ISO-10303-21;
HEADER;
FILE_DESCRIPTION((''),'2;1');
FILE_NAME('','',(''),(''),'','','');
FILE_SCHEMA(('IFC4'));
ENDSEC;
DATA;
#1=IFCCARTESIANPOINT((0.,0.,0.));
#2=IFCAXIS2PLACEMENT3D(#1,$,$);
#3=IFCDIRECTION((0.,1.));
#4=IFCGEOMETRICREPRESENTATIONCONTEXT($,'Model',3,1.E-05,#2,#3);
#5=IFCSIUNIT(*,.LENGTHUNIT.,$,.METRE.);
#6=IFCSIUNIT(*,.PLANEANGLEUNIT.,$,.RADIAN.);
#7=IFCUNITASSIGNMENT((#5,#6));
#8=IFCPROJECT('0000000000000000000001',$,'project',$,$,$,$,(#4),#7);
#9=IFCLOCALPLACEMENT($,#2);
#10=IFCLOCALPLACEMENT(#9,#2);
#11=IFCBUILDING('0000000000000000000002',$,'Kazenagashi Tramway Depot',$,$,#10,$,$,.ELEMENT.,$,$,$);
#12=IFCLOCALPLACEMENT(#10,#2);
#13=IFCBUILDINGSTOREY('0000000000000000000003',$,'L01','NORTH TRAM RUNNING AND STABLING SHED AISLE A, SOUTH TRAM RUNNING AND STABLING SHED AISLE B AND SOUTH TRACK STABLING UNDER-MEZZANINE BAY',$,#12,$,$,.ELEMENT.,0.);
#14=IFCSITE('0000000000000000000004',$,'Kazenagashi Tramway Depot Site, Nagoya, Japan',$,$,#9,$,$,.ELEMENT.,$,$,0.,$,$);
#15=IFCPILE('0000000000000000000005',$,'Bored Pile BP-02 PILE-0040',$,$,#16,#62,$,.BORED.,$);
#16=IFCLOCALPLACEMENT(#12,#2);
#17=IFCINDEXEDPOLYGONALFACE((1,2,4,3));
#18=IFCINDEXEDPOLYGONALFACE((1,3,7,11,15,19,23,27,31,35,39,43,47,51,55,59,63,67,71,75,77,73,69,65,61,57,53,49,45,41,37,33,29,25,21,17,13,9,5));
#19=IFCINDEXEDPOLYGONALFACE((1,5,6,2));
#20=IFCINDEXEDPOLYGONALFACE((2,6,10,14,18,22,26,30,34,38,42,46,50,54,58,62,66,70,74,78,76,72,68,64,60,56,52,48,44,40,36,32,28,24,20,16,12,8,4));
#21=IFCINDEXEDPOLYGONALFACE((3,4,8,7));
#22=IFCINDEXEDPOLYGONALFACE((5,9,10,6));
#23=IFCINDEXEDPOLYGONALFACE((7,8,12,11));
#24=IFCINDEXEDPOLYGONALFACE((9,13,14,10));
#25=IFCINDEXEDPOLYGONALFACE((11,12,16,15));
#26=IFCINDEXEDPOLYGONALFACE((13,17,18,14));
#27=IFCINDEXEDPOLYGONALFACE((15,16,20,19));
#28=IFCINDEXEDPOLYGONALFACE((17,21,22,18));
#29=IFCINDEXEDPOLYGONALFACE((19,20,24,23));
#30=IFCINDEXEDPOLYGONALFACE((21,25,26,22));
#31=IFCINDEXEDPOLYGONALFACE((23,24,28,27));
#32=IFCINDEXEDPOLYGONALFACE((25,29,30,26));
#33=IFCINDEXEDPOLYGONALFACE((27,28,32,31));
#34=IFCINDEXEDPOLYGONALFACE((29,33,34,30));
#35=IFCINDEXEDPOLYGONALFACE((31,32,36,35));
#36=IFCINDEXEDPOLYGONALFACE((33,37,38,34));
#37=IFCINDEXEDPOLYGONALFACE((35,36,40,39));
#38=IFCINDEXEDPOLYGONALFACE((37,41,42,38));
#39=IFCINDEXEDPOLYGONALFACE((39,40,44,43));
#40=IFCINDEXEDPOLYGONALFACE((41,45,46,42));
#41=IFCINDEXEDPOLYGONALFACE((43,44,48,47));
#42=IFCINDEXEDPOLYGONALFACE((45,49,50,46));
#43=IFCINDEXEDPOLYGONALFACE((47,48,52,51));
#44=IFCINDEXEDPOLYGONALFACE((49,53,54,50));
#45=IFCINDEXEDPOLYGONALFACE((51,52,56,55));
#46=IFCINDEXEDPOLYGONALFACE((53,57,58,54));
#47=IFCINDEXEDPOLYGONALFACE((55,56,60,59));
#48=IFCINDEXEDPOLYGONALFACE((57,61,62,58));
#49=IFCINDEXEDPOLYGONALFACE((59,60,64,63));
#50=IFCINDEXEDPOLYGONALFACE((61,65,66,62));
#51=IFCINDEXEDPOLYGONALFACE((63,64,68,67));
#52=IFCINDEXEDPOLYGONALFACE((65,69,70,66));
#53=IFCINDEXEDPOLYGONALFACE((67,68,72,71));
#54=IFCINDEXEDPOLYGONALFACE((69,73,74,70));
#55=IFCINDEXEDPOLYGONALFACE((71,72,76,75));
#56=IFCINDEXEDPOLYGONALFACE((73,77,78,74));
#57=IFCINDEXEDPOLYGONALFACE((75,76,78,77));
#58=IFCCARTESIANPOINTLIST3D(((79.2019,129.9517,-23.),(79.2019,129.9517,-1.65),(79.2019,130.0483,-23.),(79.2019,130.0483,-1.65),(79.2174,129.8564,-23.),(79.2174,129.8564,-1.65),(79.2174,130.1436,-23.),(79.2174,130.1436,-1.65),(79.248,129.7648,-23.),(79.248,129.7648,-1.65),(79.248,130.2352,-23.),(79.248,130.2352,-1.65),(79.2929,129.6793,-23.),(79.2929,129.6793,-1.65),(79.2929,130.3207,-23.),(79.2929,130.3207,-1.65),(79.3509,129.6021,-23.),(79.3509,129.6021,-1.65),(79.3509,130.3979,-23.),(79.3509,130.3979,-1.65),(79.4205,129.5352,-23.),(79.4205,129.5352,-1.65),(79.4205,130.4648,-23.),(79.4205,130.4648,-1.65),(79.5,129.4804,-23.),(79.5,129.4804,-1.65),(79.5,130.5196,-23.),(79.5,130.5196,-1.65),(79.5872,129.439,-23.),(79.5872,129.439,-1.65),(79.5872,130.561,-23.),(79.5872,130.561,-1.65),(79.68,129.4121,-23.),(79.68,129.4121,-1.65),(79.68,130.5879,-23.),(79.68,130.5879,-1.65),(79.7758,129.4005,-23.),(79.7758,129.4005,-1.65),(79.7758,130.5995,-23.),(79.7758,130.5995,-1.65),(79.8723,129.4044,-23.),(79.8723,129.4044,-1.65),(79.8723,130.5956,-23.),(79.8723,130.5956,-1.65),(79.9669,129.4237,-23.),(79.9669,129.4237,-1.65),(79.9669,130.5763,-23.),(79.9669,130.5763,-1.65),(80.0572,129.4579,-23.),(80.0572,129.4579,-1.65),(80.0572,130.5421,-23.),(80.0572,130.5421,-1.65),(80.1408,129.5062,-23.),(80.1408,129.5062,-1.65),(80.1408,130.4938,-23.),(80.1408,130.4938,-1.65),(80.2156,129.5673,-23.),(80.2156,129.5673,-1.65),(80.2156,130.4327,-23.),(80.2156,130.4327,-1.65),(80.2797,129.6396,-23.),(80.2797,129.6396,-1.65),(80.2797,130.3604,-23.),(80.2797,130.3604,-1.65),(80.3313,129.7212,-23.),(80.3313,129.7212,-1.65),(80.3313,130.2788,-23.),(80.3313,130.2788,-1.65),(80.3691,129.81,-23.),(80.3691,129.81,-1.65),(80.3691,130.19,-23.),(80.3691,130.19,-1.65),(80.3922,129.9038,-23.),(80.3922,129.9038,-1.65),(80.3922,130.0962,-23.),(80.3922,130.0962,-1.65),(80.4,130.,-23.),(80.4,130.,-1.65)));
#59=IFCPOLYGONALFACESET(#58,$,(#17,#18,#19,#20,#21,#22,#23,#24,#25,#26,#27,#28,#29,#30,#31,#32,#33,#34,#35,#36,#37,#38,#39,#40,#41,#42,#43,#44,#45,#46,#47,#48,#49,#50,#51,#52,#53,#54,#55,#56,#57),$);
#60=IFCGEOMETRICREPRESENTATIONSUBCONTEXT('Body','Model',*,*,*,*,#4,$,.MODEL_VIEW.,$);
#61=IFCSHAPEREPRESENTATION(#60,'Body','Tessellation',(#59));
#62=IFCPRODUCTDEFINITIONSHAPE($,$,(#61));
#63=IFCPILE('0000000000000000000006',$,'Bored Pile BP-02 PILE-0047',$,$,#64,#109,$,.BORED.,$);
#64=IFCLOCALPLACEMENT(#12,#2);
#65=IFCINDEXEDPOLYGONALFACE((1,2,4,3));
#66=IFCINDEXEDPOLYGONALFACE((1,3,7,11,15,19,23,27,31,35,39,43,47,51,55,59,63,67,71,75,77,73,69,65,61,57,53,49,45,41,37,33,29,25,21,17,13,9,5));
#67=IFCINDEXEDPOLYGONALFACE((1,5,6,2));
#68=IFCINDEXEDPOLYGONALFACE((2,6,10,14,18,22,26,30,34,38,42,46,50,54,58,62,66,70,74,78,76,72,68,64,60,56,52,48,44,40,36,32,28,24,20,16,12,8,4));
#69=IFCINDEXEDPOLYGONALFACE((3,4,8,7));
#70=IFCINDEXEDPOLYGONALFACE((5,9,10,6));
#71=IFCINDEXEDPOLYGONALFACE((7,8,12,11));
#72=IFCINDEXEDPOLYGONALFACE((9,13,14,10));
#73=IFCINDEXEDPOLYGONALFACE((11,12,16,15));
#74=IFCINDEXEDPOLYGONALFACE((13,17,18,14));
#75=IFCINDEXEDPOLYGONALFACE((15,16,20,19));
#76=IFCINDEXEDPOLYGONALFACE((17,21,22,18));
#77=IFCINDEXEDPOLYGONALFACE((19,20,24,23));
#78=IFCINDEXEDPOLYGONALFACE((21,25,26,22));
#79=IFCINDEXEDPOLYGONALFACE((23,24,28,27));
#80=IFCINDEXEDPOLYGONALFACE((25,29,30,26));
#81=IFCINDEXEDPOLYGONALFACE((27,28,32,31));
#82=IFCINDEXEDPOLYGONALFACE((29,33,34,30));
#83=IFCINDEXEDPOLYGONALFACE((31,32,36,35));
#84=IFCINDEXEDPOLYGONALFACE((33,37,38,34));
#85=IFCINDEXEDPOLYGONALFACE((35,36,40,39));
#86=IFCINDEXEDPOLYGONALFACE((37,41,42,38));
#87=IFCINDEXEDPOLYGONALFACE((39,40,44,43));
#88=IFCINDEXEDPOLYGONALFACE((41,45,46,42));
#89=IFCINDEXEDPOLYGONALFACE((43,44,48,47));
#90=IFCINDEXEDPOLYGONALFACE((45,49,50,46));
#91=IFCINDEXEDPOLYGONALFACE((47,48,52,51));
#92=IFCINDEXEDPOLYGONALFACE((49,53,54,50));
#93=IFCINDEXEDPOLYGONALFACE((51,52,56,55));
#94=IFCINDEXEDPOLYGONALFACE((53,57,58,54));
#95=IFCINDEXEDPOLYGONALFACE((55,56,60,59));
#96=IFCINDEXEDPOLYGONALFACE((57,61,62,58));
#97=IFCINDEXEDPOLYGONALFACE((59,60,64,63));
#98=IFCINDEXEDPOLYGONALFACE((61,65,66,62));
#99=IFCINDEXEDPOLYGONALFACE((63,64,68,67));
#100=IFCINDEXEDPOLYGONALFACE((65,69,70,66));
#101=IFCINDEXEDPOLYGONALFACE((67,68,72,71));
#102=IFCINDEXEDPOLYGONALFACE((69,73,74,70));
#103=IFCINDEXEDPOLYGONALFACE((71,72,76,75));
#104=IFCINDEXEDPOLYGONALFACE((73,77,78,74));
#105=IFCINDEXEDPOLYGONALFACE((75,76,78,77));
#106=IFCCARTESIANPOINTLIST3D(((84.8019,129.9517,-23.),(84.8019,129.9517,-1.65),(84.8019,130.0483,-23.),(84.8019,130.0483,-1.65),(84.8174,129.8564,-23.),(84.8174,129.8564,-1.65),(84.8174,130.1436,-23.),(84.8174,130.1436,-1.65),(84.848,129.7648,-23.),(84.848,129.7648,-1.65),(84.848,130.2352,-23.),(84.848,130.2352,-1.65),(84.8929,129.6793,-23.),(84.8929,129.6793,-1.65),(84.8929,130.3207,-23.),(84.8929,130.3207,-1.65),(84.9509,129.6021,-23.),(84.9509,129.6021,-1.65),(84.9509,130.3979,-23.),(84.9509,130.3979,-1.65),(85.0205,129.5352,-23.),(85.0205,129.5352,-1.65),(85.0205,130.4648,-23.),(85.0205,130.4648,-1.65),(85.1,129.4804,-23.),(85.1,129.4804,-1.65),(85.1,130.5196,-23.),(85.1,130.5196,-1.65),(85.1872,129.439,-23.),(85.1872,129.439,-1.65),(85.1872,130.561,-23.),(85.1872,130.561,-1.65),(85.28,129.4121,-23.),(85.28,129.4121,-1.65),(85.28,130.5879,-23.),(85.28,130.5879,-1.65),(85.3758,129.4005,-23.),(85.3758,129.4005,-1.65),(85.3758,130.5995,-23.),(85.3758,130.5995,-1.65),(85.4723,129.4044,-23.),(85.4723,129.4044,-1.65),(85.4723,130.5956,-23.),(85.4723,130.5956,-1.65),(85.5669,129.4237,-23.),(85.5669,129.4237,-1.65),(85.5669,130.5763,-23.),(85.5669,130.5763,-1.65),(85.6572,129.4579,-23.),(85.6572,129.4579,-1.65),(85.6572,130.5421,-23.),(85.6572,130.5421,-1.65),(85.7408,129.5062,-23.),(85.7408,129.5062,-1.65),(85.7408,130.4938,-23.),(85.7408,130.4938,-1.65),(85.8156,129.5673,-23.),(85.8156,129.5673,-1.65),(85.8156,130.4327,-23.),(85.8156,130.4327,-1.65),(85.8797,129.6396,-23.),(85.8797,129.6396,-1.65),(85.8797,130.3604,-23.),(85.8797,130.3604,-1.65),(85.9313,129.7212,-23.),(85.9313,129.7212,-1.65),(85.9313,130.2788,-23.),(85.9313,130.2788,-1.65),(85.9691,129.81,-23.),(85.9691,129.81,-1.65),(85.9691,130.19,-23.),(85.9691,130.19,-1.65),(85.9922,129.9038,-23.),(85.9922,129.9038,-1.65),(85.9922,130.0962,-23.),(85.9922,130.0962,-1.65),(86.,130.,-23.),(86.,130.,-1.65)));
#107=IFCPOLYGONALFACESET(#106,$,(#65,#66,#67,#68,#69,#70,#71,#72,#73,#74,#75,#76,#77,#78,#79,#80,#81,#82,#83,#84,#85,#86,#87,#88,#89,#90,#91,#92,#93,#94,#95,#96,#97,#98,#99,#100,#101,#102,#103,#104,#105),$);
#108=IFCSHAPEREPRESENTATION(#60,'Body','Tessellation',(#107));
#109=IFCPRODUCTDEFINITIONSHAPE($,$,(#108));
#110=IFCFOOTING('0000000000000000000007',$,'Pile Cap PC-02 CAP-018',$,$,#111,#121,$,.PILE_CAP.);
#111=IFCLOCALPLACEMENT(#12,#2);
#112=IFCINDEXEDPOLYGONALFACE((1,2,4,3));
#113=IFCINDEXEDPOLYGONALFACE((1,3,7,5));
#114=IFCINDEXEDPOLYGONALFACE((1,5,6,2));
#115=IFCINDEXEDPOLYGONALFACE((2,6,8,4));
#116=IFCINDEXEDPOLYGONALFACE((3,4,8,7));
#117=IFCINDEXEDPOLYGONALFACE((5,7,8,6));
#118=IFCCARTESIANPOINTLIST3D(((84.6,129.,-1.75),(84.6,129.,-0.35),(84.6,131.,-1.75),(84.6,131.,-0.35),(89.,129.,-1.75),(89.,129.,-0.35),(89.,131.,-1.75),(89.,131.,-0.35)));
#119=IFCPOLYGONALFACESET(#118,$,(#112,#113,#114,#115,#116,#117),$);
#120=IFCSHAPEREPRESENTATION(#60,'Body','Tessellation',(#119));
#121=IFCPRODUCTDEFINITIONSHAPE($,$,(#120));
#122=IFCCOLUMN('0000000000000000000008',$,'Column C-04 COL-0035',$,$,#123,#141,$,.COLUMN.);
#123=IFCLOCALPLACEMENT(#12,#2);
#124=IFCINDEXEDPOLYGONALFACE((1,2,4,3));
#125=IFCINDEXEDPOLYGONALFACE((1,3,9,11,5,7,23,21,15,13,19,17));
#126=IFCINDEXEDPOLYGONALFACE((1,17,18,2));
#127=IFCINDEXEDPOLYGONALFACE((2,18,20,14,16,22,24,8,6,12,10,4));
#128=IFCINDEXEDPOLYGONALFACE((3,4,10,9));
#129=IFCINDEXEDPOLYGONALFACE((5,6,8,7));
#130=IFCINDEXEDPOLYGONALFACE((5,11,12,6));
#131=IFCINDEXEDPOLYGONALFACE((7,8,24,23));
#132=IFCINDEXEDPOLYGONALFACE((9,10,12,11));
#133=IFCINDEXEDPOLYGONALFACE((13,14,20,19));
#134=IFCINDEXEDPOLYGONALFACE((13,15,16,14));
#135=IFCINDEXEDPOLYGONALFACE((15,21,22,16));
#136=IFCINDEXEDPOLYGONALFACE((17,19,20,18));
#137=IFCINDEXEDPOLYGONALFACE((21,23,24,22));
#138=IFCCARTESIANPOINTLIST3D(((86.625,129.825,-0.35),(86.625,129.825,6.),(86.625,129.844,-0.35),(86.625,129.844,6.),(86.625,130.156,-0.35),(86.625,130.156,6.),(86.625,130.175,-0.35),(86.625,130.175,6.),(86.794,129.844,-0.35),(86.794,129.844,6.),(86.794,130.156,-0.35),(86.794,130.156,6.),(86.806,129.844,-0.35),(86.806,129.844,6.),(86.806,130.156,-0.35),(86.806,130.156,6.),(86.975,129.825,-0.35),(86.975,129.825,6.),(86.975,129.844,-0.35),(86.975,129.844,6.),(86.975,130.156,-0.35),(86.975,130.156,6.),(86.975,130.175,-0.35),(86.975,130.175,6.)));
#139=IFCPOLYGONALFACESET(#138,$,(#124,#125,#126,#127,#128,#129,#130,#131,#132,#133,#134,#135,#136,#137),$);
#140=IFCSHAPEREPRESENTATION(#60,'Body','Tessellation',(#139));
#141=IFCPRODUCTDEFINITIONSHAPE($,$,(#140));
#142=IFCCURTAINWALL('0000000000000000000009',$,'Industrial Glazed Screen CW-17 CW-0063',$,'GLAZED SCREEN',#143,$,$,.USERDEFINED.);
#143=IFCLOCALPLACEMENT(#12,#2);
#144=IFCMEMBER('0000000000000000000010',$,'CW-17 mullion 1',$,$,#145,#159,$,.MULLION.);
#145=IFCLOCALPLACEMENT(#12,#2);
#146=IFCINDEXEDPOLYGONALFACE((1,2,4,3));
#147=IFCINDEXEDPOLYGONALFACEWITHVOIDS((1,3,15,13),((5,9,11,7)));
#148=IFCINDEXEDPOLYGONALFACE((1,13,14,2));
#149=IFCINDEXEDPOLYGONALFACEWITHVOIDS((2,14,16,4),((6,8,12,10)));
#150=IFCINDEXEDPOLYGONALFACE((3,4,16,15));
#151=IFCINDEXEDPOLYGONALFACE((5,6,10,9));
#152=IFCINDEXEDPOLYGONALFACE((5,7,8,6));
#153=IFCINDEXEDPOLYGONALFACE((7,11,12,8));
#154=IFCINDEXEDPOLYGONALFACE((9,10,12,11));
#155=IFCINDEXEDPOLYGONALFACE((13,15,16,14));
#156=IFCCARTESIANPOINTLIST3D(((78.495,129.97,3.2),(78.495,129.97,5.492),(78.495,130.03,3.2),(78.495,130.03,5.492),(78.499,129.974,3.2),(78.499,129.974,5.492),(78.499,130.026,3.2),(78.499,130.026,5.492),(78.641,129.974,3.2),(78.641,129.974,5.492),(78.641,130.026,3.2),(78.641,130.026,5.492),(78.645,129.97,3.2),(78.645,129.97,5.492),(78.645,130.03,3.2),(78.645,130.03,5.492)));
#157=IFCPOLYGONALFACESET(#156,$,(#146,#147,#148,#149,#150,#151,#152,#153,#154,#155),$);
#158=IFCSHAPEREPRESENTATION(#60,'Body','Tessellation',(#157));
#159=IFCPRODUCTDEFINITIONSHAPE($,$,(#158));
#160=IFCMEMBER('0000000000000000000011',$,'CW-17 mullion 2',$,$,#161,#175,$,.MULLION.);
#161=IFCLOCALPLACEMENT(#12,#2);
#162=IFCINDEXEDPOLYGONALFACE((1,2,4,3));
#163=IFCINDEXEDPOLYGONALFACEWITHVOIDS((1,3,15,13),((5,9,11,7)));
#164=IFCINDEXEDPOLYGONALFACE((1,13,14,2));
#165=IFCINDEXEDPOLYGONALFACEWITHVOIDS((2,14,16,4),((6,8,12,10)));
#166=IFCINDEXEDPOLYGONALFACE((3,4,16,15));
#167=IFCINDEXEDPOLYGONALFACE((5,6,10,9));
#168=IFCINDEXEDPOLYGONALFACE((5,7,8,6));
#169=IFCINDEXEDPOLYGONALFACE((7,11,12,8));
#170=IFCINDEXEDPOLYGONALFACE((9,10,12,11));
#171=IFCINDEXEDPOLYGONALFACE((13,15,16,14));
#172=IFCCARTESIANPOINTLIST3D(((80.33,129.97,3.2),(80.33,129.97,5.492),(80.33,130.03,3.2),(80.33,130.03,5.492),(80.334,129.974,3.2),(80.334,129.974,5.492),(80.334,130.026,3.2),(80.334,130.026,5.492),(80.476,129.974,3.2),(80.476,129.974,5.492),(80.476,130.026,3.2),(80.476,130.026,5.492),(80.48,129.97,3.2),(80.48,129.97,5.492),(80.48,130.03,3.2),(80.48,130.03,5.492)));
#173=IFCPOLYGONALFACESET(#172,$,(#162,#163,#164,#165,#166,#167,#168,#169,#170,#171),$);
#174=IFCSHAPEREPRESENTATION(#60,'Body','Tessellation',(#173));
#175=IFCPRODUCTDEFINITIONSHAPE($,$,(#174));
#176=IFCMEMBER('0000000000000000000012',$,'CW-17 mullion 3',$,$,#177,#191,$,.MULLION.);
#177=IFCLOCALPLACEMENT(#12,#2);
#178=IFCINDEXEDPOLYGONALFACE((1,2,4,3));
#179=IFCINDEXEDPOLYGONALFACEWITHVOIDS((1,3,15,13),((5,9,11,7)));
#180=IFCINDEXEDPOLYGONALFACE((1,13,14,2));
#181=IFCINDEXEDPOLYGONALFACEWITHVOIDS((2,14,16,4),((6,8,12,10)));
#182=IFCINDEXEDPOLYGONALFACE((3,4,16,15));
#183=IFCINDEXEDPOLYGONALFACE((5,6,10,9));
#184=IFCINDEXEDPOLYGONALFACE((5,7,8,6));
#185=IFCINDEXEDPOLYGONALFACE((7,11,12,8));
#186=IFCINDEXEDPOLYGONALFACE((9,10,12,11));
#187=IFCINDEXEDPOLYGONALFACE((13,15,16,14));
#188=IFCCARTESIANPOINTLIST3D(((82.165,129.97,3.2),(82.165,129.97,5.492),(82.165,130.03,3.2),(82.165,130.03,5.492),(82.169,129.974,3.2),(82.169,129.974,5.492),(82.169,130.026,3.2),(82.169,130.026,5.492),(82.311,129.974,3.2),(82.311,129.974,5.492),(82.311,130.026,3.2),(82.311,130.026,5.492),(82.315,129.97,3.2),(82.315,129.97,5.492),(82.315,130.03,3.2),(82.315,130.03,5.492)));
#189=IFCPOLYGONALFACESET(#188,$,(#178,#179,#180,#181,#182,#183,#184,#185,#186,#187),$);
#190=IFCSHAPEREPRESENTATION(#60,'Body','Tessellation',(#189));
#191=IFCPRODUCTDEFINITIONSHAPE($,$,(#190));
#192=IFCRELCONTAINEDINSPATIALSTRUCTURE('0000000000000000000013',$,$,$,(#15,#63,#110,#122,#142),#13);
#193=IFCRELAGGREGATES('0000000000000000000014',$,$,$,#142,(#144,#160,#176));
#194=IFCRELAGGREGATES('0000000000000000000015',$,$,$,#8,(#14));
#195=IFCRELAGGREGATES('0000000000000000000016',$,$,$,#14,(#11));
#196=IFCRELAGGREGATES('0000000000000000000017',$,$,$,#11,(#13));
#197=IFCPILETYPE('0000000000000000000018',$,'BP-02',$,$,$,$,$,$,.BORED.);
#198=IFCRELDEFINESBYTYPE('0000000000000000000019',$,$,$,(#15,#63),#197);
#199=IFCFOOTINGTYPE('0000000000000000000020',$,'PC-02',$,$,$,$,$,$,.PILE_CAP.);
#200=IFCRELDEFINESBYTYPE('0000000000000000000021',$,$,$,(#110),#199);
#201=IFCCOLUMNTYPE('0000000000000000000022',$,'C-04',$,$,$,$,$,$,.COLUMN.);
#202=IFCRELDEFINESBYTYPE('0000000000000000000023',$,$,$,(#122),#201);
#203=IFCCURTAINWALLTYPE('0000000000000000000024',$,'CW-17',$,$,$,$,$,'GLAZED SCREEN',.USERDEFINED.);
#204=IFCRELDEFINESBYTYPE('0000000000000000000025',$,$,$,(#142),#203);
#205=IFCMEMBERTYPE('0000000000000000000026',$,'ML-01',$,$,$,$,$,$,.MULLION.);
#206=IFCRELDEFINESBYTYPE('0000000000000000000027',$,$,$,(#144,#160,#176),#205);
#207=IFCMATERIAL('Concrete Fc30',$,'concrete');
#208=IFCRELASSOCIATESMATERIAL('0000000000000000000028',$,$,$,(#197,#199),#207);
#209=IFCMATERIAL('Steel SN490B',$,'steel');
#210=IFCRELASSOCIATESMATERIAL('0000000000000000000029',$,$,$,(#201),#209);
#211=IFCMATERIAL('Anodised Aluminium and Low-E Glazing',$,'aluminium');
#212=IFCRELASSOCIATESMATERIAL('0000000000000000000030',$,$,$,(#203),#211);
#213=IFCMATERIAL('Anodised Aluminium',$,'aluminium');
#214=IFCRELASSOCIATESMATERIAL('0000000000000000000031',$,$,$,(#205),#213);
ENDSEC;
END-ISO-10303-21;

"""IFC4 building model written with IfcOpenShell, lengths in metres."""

from ifc_helpers import new_model, si_unit, direction, frame, origin, origin_2d, place, context, subcontext, project, spatial, rectangle, hollow_rectangle, circle, i_section, extrude, material, material_profile, profile_set, type_object, element, aggregate, save


model = new_model("IFC4")

# Units and contexts
model_context = context("Model", 3, precision=1e-05, world=origin(), true_north=direction((0.0, 1.0)))
body_context = subcontext(model_context, "Body", "Model", "MODEL_VIEW")
ifc_project = project(units=[si_unit("LENGTHUNIT", "METRE"), si_unit("PLANEANGLEUNIT", "RADIAN")], contexts=[model_context])

# Site, building, storey
site_placement = place(None, origin())
site = spatial("IfcSite", under=ifc_project, at=site_placement, Name="Kazenagashi Tramway Depot Site, Nagoya, Japan", CompositionType="ELEMENT", RefElevation=0.0)
building_placement = place(site_placement, origin())
building = spatial("IfcBuilding", under=site, at=building_placement, Name="Kazenagashi Tramway Depot", CompositionType="ELEMENT")
storey_placement = place(building_placement, origin())
storey = spatial("IfcBuildingStorey", under=building, at=storey_placement, Name="L01", Description="NORTH TRAM RUNNING AND STABLING SHED AISLE A, SOUTH TRAM RUNNING AND STABLING SHED AISLE B AND SOUTH TRACK STABLING UNDER-MEZZANINE BAY", CompositionType="ELEMENT", Elevation=0.0)

# Piles
ifc_material_1 = material(Name="Concrete Fc30", Category="concrete")
ifc_material_profile_1 = material_profile(ifc_material_1, circle(Radius=0.6, at=origin_2d()), Name="PILE-1200")
ifc_profile_set_1 = profile_set([ifc_material_profile_1], Name="Concrete Fc30")
pile_type = type_object("IfcPileType", Name="BP-02", PredefinedType="BORED", material=ifc_profile_set_1)
for number, where, z_axis, x_axis, name in (
    (1, (79.8, 130.0, -1.65), (0.0, 0.0, -1.0), (1.0, 0.0, 0.0), "Bored Pile BP-02 PILE-0040"),
    (2, (85.4, 130.0, -1.65), (0.0, 0.0, -1.0), (1.0, 0.0, 0.0), "Bored Pile BP-02 PILE-0047"),
):
    element("IfcPile", number, at=place(storey_placement, frame(where, z_axis=z_axis, x_axis=x_axis)), inside=storey, type_object=pile_type, Name=name, PredefinedType="BORED", context=body_context, shape_type="SweptSolid", body=[
        extrude(circle(Radius=0.6, at=origin_2d()), origin(), (0.0, 0.0, 1.0), 21.35),
    ])

# Footing
footing_type = type_object("IfcFootingType", Name="PC-02", PredefinedType="PILE_CAP", material=ifc_material_1)
footing_placement = place(storey_placement, frame((86.8, 130.0, -1.75), z_axis=(0.0, 0.0, 1.0), x_axis=(1.0, 0.0, 0.0)))
element("IfcFooting", 3, at=footing_placement, inside=storey, type_object=footing_type, Name="Pile Cap PC-02 CAP-018", PredefinedType="PILE_CAP", context=body_context, shape_type="SweptSolid", body=[
    extrude(rectangle(XDim=4.4, YDim=2.0, at=origin_2d()), origin(), (0.0, 0.0, 1.0), 1.4),
])

# Column
ifc_material_2 = material(Name="Steel SN490B", Category="steel")
ifc_material_profile_2 = material_profile(ifc_material_2, i_section(OverallWidth=0.35, OverallDepth=0.35, WebThickness=0.012, FlangeThickness=0.019, at=origin_2d()), Name="H-350x350x12x19")
ifc_profile_set_2 = profile_set([ifc_material_profile_2], Name="Steel SN490B")
column_type = type_object("IfcColumnType", Name="C-04", PredefinedType="COLUMN", material=ifc_profile_set_2)
column_placement = place(storey_placement, frame((86.8, 130.0, -0.35), z_axis=(0.0, 0.0, 1.0), x_axis=(1.0, 0.0, 0.0)))
element("IfcColumn", 4, at=column_placement, inside=storey, type_object=column_type, Name="Column C-04 COL-0035", PredefinedType="COLUMN", context=body_context, shape_type="SweptSolid", body=[
    extrude(i_section(OverallWidth=0.35, OverallDepth=0.35, WebThickness=0.012, FlangeThickness=0.019, at=origin_2d()), origin(), (0.0, 0.0, 1.0), 6.35),
])

# Curtain wall, members
ifc_material_3 = material(Name="Anodised Aluminium and Low-E Glazing", Category="aluminium")
curtain_wall_type_1 = type_object("IfcCurtainWallType", Name="CW-17", ElementType="GLAZED SCREEN", PredefinedType="USERDEFINED", material=ifc_material_3)
curtain_wall_1_placement = place(storey_placement, origin())
curtain_wall_1 = element("IfcCurtainWall", 5, at=curtain_wall_1_placement, inside=storey, type_object=curtain_wall_type_1, Name="Industrial Glazed Screen CW-17 CW-0063", ObjectType="GLAZED SCREEN", PredefinedType="USERDEFINED")
ifc_material_4 = material(Name="Anodised Aluminium", Category="aluminium")
ifc_material_profile_3 = material_profile(ifc_material_4, hollow_rectangle(XDim=0.06, YDim=0.15, WallThickness=0.004, at=origin_2d()), Name="RHS-150x60x4")
ifc_profile_set_3 = profile_set([ifc_material_profile_3], Name="Anodised Aluminium")
member_type_1 = type_object("IfcMemberType", Name="ML-01", PredefinedType="MULLION", material=ifc_profile_set_3)
member_1_placement = place(storey_placement, frame((78.57, 130.0, 3.2), z_axis=(0.0, 0.0, 1.0), x_axis=(0.0, 1.0, 0.0)))
member_1 = element("IfcMember", 6, at=member_1_placement, type_object=member_type_1, Name="CW-17 mullion 1", PredefinedType="MULLION", context=body_context, shape_type="SweptSolid", body=[
    extrude(hollow_rectangle(XDim=0.06, YDim=0.15, WallThickness=0.004, at=origin_2d()), origin(), (0.0, 0.0, 1.0), 2.292),
])
member_2_placement = place(storey_placement, frame((80.405, 130.0, 3.2), z_axis=(0.0, 0.0, 1.0), x_axis=(0.0, 1.0, 0.0)))
member_2 = element("IfcMember", 7, at=member_2_placement, type_object=member_type_1, Name="CW-17 mullion 2", PredefinedType="MULLION", context=body_context, shape_type="SweptSolid", body=[
    extrude(hollow_rectangle(XDim=0.06, YDim=0.15, WallThickness=0.004, at=origin_2d()), origin(), (0.0, 0.0, 1.0), 2.292),
])
member_3_placement = place(storey_placement, frame((82.24, 130.0, 3.2), z_axis=(0.0, 0.0, 1.0), x_axis=(0.0, 1.0, 0.0)))
member_3 = element("IfcMember", 8, at=member_3_placement, type_object=member_type_1, Name="CW-17 mullion 3", PredefinedType="MULLION", context=body_context, shape_type="SweptSolid", body=[
    extrude(hollow_rectangle(XDim=0.06, YDim=0.15, WallThickness=0.004, at=origin_2d()), origin(), (0.0, 0.0, 1.0), 2.292),
])

aggregate(curtain_wall_1, [member_1, member_2, member_3])

save(model, "model.ifc")
